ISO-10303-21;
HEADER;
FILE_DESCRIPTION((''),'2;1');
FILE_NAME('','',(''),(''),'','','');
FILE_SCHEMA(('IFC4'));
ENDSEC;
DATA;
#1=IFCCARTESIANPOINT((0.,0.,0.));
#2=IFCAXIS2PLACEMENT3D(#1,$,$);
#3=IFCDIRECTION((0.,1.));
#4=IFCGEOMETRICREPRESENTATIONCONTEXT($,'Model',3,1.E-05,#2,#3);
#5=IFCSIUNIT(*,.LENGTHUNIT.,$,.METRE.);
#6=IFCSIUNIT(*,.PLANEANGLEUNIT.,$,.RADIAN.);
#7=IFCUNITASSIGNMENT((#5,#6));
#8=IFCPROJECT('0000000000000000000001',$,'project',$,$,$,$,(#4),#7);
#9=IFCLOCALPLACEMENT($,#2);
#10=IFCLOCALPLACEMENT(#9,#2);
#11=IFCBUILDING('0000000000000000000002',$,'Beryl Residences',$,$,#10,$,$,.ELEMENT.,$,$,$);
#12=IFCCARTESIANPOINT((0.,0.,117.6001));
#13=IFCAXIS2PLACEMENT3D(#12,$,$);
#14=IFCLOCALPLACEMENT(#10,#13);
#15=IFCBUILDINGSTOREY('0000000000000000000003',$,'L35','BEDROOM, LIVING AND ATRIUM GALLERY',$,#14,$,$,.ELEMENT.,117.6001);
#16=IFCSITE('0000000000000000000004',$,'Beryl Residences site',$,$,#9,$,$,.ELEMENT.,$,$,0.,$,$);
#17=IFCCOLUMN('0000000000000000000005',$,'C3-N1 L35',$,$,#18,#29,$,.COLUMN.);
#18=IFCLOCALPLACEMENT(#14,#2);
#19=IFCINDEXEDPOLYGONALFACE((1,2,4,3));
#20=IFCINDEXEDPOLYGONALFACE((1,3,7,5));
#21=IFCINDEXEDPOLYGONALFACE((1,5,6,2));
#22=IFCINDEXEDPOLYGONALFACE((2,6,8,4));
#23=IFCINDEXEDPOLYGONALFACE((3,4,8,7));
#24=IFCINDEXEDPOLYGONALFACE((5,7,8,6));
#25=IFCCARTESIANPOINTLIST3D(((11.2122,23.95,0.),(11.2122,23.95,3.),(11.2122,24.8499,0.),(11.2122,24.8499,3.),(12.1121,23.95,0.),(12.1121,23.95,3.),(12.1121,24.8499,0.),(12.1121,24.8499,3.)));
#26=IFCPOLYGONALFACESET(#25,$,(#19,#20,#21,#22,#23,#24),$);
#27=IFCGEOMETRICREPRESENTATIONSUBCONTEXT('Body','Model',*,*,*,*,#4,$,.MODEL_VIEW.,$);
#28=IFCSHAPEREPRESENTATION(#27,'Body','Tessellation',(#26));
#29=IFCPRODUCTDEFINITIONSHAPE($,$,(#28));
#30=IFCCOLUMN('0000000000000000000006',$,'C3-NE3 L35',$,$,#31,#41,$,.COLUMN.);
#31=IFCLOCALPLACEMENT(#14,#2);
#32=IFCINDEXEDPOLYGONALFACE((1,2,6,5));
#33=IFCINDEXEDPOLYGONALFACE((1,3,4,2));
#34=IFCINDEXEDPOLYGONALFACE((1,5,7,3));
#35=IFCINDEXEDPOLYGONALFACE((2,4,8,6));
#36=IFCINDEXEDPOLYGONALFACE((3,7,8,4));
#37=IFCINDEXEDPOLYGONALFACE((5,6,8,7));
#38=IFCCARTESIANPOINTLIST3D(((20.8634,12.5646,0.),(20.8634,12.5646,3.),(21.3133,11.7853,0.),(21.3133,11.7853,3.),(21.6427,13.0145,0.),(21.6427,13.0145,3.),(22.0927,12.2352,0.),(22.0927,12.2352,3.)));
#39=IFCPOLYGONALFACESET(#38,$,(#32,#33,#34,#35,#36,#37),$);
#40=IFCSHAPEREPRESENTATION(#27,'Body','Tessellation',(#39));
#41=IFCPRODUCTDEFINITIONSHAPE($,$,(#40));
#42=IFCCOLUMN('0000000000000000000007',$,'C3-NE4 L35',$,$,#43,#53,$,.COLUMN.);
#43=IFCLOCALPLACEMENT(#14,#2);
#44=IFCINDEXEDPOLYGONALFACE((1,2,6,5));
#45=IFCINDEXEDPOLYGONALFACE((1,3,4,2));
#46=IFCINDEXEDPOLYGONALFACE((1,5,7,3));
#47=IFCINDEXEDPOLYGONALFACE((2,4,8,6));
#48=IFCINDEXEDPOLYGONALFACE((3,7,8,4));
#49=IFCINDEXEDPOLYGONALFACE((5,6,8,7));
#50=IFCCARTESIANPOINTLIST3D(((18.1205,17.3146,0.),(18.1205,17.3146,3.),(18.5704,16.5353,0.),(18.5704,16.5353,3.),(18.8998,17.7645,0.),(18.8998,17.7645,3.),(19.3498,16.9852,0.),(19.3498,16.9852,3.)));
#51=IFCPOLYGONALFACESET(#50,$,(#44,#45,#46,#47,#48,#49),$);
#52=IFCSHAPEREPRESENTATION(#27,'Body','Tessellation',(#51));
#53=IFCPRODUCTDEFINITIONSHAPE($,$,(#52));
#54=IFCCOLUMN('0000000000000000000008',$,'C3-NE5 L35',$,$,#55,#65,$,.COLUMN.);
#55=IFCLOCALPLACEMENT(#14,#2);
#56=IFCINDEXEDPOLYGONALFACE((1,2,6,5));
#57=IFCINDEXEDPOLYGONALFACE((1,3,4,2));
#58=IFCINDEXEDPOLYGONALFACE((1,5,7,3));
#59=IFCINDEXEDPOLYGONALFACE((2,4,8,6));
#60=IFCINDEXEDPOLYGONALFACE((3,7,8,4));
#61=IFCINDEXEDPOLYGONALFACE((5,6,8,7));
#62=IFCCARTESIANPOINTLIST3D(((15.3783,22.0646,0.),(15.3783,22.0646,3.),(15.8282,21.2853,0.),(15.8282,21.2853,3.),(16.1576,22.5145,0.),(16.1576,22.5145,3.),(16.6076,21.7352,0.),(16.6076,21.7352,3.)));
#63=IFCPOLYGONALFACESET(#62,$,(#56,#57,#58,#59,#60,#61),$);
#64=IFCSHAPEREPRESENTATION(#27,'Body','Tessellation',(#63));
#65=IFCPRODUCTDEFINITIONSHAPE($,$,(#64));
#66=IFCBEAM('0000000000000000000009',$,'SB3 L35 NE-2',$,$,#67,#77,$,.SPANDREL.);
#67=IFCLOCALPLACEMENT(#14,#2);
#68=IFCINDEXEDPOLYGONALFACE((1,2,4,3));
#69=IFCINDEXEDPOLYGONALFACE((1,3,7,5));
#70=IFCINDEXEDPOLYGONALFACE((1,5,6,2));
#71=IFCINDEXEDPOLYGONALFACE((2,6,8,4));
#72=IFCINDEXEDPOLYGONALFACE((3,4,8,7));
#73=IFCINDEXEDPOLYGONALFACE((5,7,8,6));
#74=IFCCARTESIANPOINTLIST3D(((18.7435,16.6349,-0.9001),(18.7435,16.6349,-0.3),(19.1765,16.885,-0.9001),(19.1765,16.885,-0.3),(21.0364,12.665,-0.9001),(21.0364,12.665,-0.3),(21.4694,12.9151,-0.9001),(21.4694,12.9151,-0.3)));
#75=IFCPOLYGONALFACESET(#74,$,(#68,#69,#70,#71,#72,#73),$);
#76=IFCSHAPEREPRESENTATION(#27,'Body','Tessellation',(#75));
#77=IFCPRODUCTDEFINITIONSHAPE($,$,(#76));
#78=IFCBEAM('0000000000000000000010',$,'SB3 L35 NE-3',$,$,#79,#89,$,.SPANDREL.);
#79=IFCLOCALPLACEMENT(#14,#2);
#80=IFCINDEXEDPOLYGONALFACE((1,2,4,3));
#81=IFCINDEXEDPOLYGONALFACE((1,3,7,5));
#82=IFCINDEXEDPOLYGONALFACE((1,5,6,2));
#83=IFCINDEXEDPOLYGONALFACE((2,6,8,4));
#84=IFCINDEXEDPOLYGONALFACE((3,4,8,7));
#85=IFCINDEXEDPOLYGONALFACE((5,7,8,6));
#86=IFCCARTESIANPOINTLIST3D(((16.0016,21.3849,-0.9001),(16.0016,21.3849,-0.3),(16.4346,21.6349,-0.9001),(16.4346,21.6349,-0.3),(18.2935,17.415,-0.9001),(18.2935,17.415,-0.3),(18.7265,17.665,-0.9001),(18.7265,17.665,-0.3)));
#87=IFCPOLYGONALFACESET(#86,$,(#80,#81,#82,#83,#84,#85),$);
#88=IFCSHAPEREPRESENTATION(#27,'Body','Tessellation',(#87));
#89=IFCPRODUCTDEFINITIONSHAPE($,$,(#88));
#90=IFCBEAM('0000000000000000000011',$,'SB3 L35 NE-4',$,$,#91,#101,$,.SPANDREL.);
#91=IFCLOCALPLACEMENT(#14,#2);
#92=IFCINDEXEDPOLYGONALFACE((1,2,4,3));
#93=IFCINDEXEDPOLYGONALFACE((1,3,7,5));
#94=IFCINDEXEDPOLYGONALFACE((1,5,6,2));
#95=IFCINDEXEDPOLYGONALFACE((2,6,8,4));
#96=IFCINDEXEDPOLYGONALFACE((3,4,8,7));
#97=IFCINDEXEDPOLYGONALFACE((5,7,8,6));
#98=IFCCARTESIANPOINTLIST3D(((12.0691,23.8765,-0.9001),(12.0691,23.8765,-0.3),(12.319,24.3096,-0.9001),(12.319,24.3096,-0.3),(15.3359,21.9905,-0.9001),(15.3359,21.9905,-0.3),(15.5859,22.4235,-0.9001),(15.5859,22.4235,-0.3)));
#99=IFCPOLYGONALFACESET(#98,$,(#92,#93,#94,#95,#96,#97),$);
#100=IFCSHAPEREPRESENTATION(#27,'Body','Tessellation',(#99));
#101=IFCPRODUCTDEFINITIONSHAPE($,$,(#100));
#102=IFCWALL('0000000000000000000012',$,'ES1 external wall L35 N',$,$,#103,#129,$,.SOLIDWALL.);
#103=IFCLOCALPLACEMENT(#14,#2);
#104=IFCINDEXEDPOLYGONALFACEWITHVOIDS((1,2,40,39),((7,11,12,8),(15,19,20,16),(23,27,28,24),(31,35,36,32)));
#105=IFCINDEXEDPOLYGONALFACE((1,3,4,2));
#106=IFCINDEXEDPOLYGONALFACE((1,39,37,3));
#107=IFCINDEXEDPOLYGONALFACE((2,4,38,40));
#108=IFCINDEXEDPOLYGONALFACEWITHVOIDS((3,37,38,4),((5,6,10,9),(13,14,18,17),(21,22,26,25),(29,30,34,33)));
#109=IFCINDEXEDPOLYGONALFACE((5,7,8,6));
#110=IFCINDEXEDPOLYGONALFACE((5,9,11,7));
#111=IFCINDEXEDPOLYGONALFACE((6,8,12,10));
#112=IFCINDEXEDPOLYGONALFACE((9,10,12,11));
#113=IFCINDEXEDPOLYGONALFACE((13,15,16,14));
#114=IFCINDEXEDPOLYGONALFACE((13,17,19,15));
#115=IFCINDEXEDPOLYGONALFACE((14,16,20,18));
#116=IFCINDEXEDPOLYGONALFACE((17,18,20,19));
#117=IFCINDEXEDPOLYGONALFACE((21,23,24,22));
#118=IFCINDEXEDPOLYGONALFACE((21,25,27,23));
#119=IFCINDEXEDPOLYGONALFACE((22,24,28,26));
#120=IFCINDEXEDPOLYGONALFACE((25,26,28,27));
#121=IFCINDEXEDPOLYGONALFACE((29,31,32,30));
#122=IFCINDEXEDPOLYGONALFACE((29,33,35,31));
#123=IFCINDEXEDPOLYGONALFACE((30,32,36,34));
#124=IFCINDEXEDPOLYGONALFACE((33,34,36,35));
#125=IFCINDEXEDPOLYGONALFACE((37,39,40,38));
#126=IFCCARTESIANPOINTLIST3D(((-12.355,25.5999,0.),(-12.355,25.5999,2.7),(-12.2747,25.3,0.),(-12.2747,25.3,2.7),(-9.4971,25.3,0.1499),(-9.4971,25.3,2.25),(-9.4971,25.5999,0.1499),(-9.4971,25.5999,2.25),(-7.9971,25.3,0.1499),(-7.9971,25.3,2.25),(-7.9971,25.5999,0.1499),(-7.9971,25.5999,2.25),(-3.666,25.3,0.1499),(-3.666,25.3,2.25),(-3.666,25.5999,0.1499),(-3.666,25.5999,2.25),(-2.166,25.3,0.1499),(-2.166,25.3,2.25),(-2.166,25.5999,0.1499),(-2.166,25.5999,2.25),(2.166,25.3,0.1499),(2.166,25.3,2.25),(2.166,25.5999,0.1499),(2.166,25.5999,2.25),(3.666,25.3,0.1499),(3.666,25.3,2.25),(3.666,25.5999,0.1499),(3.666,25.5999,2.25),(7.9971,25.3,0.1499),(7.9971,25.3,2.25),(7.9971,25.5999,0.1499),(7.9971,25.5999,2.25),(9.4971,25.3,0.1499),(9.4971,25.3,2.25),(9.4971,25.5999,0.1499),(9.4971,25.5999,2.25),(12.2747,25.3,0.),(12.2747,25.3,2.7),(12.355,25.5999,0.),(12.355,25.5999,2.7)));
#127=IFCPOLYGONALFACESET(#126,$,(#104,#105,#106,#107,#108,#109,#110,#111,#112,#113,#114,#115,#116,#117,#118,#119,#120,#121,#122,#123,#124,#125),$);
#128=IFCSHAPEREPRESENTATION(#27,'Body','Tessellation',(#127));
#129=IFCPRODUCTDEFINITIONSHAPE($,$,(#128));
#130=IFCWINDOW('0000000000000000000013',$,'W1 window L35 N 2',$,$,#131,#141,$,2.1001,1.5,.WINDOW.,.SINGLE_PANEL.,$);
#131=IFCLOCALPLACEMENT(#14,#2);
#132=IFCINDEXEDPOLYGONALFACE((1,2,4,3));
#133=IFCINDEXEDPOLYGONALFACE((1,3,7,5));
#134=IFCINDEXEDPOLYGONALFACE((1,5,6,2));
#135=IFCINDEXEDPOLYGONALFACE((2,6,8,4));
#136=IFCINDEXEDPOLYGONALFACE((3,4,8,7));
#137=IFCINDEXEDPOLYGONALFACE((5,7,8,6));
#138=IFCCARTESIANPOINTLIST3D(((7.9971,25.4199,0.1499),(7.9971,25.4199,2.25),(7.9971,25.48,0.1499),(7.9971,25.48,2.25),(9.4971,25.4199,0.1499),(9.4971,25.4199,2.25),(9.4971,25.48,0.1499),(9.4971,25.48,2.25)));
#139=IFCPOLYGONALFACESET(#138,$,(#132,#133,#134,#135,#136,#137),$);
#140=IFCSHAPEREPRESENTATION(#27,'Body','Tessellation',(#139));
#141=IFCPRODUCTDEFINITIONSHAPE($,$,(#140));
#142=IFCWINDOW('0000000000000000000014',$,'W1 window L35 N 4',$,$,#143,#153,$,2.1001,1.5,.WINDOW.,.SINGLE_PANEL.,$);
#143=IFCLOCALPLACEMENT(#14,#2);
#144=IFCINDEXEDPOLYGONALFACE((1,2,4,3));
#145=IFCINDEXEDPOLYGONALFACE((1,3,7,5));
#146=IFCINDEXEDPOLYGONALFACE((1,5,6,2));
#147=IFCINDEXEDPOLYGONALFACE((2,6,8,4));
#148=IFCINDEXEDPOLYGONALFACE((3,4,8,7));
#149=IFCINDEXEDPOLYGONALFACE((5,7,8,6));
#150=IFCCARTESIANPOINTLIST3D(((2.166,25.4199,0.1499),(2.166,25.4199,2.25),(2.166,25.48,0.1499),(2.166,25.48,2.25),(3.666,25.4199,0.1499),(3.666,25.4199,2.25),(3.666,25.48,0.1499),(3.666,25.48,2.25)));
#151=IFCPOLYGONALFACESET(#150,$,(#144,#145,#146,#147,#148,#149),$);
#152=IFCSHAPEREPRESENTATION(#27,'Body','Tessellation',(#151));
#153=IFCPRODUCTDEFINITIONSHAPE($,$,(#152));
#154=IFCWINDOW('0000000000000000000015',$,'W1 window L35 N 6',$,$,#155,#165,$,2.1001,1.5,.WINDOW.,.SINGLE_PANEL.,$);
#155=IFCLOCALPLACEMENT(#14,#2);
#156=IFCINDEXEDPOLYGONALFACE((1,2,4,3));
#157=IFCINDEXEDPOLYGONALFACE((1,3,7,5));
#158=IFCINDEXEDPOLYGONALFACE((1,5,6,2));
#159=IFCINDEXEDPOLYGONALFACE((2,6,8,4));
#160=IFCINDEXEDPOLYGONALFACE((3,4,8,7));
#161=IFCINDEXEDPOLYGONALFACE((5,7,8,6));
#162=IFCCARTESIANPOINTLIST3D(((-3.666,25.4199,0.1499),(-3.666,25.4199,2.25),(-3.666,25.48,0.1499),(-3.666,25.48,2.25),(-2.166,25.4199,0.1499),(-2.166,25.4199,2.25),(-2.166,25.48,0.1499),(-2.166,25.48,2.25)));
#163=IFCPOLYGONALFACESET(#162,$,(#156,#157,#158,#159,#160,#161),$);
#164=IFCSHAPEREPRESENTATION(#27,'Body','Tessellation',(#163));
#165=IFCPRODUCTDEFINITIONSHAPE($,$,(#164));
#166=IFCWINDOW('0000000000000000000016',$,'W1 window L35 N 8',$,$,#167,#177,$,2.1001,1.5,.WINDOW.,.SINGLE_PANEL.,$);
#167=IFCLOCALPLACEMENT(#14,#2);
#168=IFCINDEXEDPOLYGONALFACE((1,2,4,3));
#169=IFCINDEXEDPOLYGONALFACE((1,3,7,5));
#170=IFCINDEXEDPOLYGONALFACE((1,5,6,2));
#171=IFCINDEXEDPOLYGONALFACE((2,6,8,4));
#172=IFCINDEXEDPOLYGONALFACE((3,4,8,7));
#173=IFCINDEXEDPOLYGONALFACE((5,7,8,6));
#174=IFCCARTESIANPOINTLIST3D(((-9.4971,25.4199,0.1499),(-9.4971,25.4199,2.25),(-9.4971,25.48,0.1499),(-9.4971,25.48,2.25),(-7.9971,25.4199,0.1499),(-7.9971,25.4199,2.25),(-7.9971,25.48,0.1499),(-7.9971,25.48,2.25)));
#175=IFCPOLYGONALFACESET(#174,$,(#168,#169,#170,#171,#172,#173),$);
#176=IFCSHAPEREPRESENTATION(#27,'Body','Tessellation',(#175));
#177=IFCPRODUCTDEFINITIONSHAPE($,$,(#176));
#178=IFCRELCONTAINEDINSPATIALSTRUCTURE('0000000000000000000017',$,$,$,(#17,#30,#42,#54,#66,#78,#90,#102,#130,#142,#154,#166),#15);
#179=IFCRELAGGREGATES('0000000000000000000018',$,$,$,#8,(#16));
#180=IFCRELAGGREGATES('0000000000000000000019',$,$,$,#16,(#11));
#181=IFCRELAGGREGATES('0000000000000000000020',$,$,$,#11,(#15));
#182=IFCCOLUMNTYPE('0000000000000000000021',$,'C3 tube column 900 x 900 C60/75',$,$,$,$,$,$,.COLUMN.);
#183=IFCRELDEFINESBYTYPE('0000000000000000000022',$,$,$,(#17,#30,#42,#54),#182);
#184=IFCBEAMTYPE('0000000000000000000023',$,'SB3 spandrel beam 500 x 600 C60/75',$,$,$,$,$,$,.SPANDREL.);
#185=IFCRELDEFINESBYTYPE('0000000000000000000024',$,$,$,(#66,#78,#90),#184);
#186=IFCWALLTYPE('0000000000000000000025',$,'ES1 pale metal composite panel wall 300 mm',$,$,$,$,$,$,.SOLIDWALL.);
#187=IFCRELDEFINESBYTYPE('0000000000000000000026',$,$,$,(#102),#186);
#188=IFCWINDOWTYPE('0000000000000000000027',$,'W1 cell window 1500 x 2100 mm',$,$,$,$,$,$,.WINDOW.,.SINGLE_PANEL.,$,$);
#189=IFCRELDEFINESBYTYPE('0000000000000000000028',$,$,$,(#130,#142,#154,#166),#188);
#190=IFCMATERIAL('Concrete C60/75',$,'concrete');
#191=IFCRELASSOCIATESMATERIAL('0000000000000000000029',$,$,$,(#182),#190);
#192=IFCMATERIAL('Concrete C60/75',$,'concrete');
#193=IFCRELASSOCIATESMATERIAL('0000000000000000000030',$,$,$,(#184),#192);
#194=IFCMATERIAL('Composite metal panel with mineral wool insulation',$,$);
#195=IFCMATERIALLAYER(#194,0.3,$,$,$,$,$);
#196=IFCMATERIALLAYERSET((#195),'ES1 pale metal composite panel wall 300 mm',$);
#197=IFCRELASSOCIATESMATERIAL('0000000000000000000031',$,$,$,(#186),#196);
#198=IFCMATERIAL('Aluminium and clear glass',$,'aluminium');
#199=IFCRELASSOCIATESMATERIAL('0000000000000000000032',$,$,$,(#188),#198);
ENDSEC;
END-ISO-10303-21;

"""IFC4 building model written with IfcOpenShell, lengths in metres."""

from ifc_helpers import new_model, si_unit, direction, frame, frame_2d, origin, origin_2d, place, context, subcontext, project, spatial, polyline, rectangle, outline, extrude, material, layer, layer_set, material_profile, profile_set, type_object, element, fill, save


model = new_model("IFC4")

# Units and contexts
model_context = context("Model", 3, precision=1e-05, world=origin(), true_north=direction((0.0, 1.0)))
body_context = subcontext(model_context, "Body", "Model", "MODEL_VIEW")
ifc_project = project(units=[si_unit("LENGTHUNIT", "METRE"), si_unit("PLANEANGLEUNIT", "RADIAN")], contexts=[model_context])

# Site, building, storey
site_placement = place(None, origin())
site = spatial("IfcSite", under=ifc_project, at=site_placement, Name="Beryl Residences site", CompositionType="ELEMENT", RefElevation=0.0)
building_placement = place(site_placement, origin())
building = spatial("IfcBuilding", under=site, at=building_placement, Name="Beryl Residences", CompositionType="ELEMENT")
storey_placement = place(building_placement, frame((0.0, 0.0, 117.6001)))
storey = spatial("IfcBuildingStorey", under=building, at=storey_placement, Name="L35", Description="BEDROOM, LIVING AND ATRIUM GALLERY", CompositionType="ELEMENT", Elevation=117.6001)

# Columns
ifc_material_1 = material(Name="Concrete C60/75", Category="concrete")
ifc_material_profile_1 = material_profile(ifc_material_1, rectangle(XDim=0.8999, YDim=0.8999, at=origin_2d()))
ifc_profile_set_1 = profile_set([ifc_material_profile_1], Name="Concrete C60/75")
column_type = type_object("IfcColumnType", Name="C3 tube column 900 x 900 C60/75", PredefinedType="COLUMN", material=ifc_profile_set_1)
for number, where, z_axis, x_axis, name in (
    (1, (11.6621, 24.3999, 0.0), (0.0, 0.0, 1.0), (-1.0, 0.0, 0.0), "C3-N1 L35"),
    (2, (21.478, 12.3999, 0.0), (0.0, 0.0, 1.0), (-0.5, 0.866025, 0.0), "C3-NE3 L35"),
    (3, (18.7351, 17.1499, 0.0), (0.0, 0.0, 1.0), (-0.5, 0.866025, 0.0), "C3-NE4 L35"),
    (4, (15.9929, 21.8999, 0.0), (0.0, 0.0, 1.0), (-0.5, 0.866025, 0.0), "C3-NE5 L35"),
):
    element("IfcColumn", number, at=place(storey_placement, frame(where, z_axis=z_axis, x_axis=x_axis)), inside=storey, type_object=column_type, Name=name, PredefinedType="COLUMN", context=body_context, shape_type="SweptSolid", body=[
        extrude(rectangle(XDim=0.8999, YDim=0.8999, at=origin_2d()), origin(), (0.0, 0.0, 1.0), 3.0),
    ])

# Beams
ifc_material_2 = material(Name="Concrete C60/75", Category="concrete")
ifc_material_profile_2 = material_profile(ifc_material_2, rectangle(XDim=0.5, YDim=0.6001, at=origin_2d()))
ifc_profile_set_2 = profile_set([ifc_material_profile_2], Name="Concrete C60/75")
beam_type = type_object("IfcBeamType", Name="SB3 spandrel beam 500 x 600 C60/75", PredefinedType="SPANDREL", material=ifc_profile_set_2)
beam_1_placement = place(storey_placement, frame((21.2529, 12.79, -0.6001), z_axis=(-0.500148, 0.86594, 0.0), x_axis=(-0.86594, -0.500148, 0.0)))
element("IfcBeam", 5, at=beam_1_placement, inside=storey, type_object=beam_type, Name="SB3 L35 NE-2", PredefinedType="SPANDREL", context=body_context, shape_type="SweptSolid", body=[
    extrude(rectangle(XDim=0.5, YDim=0.6001, at=origin_2d()), origin(), (0.0, 0.0, 1.0), 4.5845),
])
beam_2_placement = place(storey_placement, frame((18.51, 17.54, -0.6001), z_axis=(-0.499988, 0.866032, 0.0), x_axis=(-0.866032, -0.499988, 0.0)))
element("IfcBeam", 6, at=beam_2_placement, inside=storey, type_object=beam_type, Name="SB3 L35 NE-3", PredefinedType="SPANDREL", context=body_context, shape_type="SweptSolid", body=[
    extrude(rectangle(XDim=0.5, YDim=0.6001, at=origin_2d()), origin(), (0.0, 0.0, 1.0), 4.584),
])
beam_3_placement = place(storey_placement, frame((15.4609, 22.207, -0.6001), z_axis=(-0.86604, 0.499975, 0.0), x_axis=(-0.499975, -0.86604, 0.0)))
element("IfcBeam", 7, at=beam_3_placement, inside=storey, type_object=beam_type, Name="SB3 L35 NE-4", PredefinedType="SPANDREL", context=body_context, shape_type="SweptSolid", body=[
    extrude(rectangle(XDim=0.5, YDim=0.6001, at=origin_2d()), origin(), (0.0, 0.0, 1.0), 3.7722),
])

# Wall, openings, windows
ifc_material_3 = material(Name="Composite metal panel with mineral wool insulation")
ifc_layer_1 = layer(ifc_material_3, 0.3)
ifc_layer_set_1 = layer_set([ifc_layer_1], Name="ES1 pale metal composite panel wall 300 mm")
wall_type_1 = type_object("IfcWallType", Name="ES1 pale metal composite panel wall 300 mm", PredefinedType="SOLIDWALL", material=ifc_layer_set_1)
wall_1_placement = place(storey_placement, frame((12.355, 25.45, 0.0), z_axis=(0.0, 0.0, 1.0), x_axis=(-1.0, 0.0, 0.0)))
wall_1 = element("IfcWall", 8, at=wall_1_placement, inside=storey, type_object=wall_type_1, Name="ES1 external wall L35 N", PredefinedType="SOLIDWALL", context=body_context, shape_type="SweptSolid", body=[
    extrude(outline(polyline([(0.0, -0.1499), (24.71, -0.1499), (24.6296, 0.1499), (0.0803, 0.1499), (0.0, -0.1499)])), origin(), (0.0, 0.0, 1.0), 2.7),
])
opening_1_placement = place(wall_1_placement, frame((2.8579, 0.0, 0.1499)))
opening_1 = element("IfcOpeningElement", 9, at=opening_1_placement, cuts=wall_1, PredefinedType="OPENING", context=body_context, shape_type="SweptSolid", body=[
    extrude(rectangle(XDim=1.5, YDim=2.1001, at=frame_2d((0.75, 1.05))), frame((0.0, 0.1599, 0.0), z_axis=(0.0, -1.0, 0.0), x_axis=(1.0, 0.0, 0.0)), (0.0, 0.0, 1.0), 0.3201),
])
opening_2_placement = place(wall_1_placement, frame((8.689, 0.0, 0.1499)))
opening_2 = element("IfcOpeningElement", 10, at=opening_2_placement, cuts=wall_1, PredefinedType="OPENING", context=body_context, shape_type="SweptSolid", body=[
    extrude(rectangle(XDim=1.5, YDim=2.1001, at=frame_2d((0.75, 1.05))), frame((0.0, 0.1599, 0.0), z_axis=(0.0, -1.0, 0.0), x_axis=(1.0, 0.0, 0.0)), (0.0, 0.0, 1.0), 0.3201),
])
opening_3_placement = place(wall_1_placement, frame((14.521, 0.0, 0.1499)))
opening_3 = element("IfcOpeningElement", 11, at=opening_3_placement, cuts=wall_1, PredefinedType="OPENING", context=body_context, shape_type="SweptSolid", body=[
    extrude(rectangle(XDim=1.5, YDim=2.1001, at=frame_2d((0.75, 1.05))), frame((0.0, 0.1599, 0.0), z_axis=(0.0, -1.0, 0.0), x_axis=(1.0, 0.0, 0.0)), (0.0, 0.0, 1.0), 0.3201),
])
opening_4_placement = place(wall_1_placement, frame((20.3521, 0.0, 0.1499)))
opening_4 = element("IfcOpeningElement", 12, at=opening_4_placement, cuts=wall_1, PredefinedType="OPENING", context=body_context, shape_type="SweptSolid", body=[
    extrude(rectangle(XDim=1.5, YDim=2.1001, at=frame_2d((0.75, 1.05))), frame((0.0, 0.1599, 0.0), z_axis=(0.0, -1.0, 0.0), x_axis=(1.0, 0.0, 0.0)), (0.0, 0.0, 1.0), 0.3201),
])
ifc_material_4 = material(Name="Aluminium and clear glass", Category="aluminium")
window_type_1 = type_object("IfcWindowType", Name="W1 cell window 1500 x 2100 mm", PartitioningType="SINGLE_PANEL", PredefinedType="WINDOW", material=ifc_material_4)
window_1_placement = place(opening_1_placement, origin())
window_1 = element("IfcWindow", 13, at=window_1_placement, inside=storey, type_object=window_type_1, Name="W1 window L35 N 2", OverallHeight=2.1001, OverallWidth=1.5, PartitioningType="SINGLE_PANEL", PredefinedType="WINDOW", context=body_context, shape_type="SweptSolid", body=[
    extrude(rectangle(XDim=1.5, YDim=2.1001, at=frame_2d((0.75, 1.05))), frame((0.0, 0.03, 0.0), z_axis=(0.0, -1.0, 0.0), x_axis=(1.0, 0.0, 0.0)), (0.0, 0.0, 1.0), 0.0601),
])
fill(opening_1, window_1)
window_2_placement = place(opening_2_placement, origin())
window_2 = element("IfcWindow", 14, at=window_2_placement, inside=storey, type_object=window_type_1, Name="W1 window L35 N 4", OverallHeight=2.1001, OverallWidth=1.5, PartitioningType="SINGLE_PANEL", PredefinedType="WINDOW", context=body_context, shape_type="SweptSolid", body=[
    extrude(rectangle(XDim=1.5, YDim=2.1001, at=frame_2d((0.75, 1.05))), frame((0.0, 0.03, 0.0), z_axis=(0.0, -1.0, 0.0), x_axis=(1.0, 0.0, 0.0)), (0.0, 0.0, 1.0), 0.0601),
])
fill(opening_2, window_2)
window_3_placement = place(opening_3_placement, origin())
window_3 = element("IfcWindow", 15, at=window_3_placement, inside=storey, type_object=window_type_1, Name="W1 window L35 N 6", OverallHeight=2.1001, OverallWidth=1.5, PartitioningType="SINGLE_PANEL", PredefinedType="WINDOW", context=body_context, shape_type="SweptSolid", body=[
    extrude(rectangle(XDim=1.5, YDim=2.1001, at=frame_2d((0.75, 1.05))), frame((0.0, 0.03, 0.0), z_axis=(0.0, -1.0, 0.0), x_axis=(1.0, 0.0, 0.0)), (0.0, 0.0, 1.0), 0.0601),
])
fill(opening_3, window_3)
window_4_placement = place(opening_4_placement, origin())
window_4 = element("IfcWindow", 16, at=window_4_placement, inside=storey, type_object=window_type_1, Name="W1 window L35 N 8", OverallHeight=2.1001, OverallWidth=1.5, PartitioningType="SINGLE_PANEL", PredefinedType="WINDOW", context=body_context, shape_type="SweptSolid", body=[
    extrude(rectangle(XDim=1.5, YDim=2.1001, at=frame_2d((0.75, 1.05))), frame((0.0, 0.03, 0.0), z_axis=(0.0, -1.0, 0.0), x_axis=(1.0, 0.0, 0.0)), (0.0, 0.0, 1.0), 0.0601),
])
fill(opening_4, window_4)

save(model, "model.ifc")
